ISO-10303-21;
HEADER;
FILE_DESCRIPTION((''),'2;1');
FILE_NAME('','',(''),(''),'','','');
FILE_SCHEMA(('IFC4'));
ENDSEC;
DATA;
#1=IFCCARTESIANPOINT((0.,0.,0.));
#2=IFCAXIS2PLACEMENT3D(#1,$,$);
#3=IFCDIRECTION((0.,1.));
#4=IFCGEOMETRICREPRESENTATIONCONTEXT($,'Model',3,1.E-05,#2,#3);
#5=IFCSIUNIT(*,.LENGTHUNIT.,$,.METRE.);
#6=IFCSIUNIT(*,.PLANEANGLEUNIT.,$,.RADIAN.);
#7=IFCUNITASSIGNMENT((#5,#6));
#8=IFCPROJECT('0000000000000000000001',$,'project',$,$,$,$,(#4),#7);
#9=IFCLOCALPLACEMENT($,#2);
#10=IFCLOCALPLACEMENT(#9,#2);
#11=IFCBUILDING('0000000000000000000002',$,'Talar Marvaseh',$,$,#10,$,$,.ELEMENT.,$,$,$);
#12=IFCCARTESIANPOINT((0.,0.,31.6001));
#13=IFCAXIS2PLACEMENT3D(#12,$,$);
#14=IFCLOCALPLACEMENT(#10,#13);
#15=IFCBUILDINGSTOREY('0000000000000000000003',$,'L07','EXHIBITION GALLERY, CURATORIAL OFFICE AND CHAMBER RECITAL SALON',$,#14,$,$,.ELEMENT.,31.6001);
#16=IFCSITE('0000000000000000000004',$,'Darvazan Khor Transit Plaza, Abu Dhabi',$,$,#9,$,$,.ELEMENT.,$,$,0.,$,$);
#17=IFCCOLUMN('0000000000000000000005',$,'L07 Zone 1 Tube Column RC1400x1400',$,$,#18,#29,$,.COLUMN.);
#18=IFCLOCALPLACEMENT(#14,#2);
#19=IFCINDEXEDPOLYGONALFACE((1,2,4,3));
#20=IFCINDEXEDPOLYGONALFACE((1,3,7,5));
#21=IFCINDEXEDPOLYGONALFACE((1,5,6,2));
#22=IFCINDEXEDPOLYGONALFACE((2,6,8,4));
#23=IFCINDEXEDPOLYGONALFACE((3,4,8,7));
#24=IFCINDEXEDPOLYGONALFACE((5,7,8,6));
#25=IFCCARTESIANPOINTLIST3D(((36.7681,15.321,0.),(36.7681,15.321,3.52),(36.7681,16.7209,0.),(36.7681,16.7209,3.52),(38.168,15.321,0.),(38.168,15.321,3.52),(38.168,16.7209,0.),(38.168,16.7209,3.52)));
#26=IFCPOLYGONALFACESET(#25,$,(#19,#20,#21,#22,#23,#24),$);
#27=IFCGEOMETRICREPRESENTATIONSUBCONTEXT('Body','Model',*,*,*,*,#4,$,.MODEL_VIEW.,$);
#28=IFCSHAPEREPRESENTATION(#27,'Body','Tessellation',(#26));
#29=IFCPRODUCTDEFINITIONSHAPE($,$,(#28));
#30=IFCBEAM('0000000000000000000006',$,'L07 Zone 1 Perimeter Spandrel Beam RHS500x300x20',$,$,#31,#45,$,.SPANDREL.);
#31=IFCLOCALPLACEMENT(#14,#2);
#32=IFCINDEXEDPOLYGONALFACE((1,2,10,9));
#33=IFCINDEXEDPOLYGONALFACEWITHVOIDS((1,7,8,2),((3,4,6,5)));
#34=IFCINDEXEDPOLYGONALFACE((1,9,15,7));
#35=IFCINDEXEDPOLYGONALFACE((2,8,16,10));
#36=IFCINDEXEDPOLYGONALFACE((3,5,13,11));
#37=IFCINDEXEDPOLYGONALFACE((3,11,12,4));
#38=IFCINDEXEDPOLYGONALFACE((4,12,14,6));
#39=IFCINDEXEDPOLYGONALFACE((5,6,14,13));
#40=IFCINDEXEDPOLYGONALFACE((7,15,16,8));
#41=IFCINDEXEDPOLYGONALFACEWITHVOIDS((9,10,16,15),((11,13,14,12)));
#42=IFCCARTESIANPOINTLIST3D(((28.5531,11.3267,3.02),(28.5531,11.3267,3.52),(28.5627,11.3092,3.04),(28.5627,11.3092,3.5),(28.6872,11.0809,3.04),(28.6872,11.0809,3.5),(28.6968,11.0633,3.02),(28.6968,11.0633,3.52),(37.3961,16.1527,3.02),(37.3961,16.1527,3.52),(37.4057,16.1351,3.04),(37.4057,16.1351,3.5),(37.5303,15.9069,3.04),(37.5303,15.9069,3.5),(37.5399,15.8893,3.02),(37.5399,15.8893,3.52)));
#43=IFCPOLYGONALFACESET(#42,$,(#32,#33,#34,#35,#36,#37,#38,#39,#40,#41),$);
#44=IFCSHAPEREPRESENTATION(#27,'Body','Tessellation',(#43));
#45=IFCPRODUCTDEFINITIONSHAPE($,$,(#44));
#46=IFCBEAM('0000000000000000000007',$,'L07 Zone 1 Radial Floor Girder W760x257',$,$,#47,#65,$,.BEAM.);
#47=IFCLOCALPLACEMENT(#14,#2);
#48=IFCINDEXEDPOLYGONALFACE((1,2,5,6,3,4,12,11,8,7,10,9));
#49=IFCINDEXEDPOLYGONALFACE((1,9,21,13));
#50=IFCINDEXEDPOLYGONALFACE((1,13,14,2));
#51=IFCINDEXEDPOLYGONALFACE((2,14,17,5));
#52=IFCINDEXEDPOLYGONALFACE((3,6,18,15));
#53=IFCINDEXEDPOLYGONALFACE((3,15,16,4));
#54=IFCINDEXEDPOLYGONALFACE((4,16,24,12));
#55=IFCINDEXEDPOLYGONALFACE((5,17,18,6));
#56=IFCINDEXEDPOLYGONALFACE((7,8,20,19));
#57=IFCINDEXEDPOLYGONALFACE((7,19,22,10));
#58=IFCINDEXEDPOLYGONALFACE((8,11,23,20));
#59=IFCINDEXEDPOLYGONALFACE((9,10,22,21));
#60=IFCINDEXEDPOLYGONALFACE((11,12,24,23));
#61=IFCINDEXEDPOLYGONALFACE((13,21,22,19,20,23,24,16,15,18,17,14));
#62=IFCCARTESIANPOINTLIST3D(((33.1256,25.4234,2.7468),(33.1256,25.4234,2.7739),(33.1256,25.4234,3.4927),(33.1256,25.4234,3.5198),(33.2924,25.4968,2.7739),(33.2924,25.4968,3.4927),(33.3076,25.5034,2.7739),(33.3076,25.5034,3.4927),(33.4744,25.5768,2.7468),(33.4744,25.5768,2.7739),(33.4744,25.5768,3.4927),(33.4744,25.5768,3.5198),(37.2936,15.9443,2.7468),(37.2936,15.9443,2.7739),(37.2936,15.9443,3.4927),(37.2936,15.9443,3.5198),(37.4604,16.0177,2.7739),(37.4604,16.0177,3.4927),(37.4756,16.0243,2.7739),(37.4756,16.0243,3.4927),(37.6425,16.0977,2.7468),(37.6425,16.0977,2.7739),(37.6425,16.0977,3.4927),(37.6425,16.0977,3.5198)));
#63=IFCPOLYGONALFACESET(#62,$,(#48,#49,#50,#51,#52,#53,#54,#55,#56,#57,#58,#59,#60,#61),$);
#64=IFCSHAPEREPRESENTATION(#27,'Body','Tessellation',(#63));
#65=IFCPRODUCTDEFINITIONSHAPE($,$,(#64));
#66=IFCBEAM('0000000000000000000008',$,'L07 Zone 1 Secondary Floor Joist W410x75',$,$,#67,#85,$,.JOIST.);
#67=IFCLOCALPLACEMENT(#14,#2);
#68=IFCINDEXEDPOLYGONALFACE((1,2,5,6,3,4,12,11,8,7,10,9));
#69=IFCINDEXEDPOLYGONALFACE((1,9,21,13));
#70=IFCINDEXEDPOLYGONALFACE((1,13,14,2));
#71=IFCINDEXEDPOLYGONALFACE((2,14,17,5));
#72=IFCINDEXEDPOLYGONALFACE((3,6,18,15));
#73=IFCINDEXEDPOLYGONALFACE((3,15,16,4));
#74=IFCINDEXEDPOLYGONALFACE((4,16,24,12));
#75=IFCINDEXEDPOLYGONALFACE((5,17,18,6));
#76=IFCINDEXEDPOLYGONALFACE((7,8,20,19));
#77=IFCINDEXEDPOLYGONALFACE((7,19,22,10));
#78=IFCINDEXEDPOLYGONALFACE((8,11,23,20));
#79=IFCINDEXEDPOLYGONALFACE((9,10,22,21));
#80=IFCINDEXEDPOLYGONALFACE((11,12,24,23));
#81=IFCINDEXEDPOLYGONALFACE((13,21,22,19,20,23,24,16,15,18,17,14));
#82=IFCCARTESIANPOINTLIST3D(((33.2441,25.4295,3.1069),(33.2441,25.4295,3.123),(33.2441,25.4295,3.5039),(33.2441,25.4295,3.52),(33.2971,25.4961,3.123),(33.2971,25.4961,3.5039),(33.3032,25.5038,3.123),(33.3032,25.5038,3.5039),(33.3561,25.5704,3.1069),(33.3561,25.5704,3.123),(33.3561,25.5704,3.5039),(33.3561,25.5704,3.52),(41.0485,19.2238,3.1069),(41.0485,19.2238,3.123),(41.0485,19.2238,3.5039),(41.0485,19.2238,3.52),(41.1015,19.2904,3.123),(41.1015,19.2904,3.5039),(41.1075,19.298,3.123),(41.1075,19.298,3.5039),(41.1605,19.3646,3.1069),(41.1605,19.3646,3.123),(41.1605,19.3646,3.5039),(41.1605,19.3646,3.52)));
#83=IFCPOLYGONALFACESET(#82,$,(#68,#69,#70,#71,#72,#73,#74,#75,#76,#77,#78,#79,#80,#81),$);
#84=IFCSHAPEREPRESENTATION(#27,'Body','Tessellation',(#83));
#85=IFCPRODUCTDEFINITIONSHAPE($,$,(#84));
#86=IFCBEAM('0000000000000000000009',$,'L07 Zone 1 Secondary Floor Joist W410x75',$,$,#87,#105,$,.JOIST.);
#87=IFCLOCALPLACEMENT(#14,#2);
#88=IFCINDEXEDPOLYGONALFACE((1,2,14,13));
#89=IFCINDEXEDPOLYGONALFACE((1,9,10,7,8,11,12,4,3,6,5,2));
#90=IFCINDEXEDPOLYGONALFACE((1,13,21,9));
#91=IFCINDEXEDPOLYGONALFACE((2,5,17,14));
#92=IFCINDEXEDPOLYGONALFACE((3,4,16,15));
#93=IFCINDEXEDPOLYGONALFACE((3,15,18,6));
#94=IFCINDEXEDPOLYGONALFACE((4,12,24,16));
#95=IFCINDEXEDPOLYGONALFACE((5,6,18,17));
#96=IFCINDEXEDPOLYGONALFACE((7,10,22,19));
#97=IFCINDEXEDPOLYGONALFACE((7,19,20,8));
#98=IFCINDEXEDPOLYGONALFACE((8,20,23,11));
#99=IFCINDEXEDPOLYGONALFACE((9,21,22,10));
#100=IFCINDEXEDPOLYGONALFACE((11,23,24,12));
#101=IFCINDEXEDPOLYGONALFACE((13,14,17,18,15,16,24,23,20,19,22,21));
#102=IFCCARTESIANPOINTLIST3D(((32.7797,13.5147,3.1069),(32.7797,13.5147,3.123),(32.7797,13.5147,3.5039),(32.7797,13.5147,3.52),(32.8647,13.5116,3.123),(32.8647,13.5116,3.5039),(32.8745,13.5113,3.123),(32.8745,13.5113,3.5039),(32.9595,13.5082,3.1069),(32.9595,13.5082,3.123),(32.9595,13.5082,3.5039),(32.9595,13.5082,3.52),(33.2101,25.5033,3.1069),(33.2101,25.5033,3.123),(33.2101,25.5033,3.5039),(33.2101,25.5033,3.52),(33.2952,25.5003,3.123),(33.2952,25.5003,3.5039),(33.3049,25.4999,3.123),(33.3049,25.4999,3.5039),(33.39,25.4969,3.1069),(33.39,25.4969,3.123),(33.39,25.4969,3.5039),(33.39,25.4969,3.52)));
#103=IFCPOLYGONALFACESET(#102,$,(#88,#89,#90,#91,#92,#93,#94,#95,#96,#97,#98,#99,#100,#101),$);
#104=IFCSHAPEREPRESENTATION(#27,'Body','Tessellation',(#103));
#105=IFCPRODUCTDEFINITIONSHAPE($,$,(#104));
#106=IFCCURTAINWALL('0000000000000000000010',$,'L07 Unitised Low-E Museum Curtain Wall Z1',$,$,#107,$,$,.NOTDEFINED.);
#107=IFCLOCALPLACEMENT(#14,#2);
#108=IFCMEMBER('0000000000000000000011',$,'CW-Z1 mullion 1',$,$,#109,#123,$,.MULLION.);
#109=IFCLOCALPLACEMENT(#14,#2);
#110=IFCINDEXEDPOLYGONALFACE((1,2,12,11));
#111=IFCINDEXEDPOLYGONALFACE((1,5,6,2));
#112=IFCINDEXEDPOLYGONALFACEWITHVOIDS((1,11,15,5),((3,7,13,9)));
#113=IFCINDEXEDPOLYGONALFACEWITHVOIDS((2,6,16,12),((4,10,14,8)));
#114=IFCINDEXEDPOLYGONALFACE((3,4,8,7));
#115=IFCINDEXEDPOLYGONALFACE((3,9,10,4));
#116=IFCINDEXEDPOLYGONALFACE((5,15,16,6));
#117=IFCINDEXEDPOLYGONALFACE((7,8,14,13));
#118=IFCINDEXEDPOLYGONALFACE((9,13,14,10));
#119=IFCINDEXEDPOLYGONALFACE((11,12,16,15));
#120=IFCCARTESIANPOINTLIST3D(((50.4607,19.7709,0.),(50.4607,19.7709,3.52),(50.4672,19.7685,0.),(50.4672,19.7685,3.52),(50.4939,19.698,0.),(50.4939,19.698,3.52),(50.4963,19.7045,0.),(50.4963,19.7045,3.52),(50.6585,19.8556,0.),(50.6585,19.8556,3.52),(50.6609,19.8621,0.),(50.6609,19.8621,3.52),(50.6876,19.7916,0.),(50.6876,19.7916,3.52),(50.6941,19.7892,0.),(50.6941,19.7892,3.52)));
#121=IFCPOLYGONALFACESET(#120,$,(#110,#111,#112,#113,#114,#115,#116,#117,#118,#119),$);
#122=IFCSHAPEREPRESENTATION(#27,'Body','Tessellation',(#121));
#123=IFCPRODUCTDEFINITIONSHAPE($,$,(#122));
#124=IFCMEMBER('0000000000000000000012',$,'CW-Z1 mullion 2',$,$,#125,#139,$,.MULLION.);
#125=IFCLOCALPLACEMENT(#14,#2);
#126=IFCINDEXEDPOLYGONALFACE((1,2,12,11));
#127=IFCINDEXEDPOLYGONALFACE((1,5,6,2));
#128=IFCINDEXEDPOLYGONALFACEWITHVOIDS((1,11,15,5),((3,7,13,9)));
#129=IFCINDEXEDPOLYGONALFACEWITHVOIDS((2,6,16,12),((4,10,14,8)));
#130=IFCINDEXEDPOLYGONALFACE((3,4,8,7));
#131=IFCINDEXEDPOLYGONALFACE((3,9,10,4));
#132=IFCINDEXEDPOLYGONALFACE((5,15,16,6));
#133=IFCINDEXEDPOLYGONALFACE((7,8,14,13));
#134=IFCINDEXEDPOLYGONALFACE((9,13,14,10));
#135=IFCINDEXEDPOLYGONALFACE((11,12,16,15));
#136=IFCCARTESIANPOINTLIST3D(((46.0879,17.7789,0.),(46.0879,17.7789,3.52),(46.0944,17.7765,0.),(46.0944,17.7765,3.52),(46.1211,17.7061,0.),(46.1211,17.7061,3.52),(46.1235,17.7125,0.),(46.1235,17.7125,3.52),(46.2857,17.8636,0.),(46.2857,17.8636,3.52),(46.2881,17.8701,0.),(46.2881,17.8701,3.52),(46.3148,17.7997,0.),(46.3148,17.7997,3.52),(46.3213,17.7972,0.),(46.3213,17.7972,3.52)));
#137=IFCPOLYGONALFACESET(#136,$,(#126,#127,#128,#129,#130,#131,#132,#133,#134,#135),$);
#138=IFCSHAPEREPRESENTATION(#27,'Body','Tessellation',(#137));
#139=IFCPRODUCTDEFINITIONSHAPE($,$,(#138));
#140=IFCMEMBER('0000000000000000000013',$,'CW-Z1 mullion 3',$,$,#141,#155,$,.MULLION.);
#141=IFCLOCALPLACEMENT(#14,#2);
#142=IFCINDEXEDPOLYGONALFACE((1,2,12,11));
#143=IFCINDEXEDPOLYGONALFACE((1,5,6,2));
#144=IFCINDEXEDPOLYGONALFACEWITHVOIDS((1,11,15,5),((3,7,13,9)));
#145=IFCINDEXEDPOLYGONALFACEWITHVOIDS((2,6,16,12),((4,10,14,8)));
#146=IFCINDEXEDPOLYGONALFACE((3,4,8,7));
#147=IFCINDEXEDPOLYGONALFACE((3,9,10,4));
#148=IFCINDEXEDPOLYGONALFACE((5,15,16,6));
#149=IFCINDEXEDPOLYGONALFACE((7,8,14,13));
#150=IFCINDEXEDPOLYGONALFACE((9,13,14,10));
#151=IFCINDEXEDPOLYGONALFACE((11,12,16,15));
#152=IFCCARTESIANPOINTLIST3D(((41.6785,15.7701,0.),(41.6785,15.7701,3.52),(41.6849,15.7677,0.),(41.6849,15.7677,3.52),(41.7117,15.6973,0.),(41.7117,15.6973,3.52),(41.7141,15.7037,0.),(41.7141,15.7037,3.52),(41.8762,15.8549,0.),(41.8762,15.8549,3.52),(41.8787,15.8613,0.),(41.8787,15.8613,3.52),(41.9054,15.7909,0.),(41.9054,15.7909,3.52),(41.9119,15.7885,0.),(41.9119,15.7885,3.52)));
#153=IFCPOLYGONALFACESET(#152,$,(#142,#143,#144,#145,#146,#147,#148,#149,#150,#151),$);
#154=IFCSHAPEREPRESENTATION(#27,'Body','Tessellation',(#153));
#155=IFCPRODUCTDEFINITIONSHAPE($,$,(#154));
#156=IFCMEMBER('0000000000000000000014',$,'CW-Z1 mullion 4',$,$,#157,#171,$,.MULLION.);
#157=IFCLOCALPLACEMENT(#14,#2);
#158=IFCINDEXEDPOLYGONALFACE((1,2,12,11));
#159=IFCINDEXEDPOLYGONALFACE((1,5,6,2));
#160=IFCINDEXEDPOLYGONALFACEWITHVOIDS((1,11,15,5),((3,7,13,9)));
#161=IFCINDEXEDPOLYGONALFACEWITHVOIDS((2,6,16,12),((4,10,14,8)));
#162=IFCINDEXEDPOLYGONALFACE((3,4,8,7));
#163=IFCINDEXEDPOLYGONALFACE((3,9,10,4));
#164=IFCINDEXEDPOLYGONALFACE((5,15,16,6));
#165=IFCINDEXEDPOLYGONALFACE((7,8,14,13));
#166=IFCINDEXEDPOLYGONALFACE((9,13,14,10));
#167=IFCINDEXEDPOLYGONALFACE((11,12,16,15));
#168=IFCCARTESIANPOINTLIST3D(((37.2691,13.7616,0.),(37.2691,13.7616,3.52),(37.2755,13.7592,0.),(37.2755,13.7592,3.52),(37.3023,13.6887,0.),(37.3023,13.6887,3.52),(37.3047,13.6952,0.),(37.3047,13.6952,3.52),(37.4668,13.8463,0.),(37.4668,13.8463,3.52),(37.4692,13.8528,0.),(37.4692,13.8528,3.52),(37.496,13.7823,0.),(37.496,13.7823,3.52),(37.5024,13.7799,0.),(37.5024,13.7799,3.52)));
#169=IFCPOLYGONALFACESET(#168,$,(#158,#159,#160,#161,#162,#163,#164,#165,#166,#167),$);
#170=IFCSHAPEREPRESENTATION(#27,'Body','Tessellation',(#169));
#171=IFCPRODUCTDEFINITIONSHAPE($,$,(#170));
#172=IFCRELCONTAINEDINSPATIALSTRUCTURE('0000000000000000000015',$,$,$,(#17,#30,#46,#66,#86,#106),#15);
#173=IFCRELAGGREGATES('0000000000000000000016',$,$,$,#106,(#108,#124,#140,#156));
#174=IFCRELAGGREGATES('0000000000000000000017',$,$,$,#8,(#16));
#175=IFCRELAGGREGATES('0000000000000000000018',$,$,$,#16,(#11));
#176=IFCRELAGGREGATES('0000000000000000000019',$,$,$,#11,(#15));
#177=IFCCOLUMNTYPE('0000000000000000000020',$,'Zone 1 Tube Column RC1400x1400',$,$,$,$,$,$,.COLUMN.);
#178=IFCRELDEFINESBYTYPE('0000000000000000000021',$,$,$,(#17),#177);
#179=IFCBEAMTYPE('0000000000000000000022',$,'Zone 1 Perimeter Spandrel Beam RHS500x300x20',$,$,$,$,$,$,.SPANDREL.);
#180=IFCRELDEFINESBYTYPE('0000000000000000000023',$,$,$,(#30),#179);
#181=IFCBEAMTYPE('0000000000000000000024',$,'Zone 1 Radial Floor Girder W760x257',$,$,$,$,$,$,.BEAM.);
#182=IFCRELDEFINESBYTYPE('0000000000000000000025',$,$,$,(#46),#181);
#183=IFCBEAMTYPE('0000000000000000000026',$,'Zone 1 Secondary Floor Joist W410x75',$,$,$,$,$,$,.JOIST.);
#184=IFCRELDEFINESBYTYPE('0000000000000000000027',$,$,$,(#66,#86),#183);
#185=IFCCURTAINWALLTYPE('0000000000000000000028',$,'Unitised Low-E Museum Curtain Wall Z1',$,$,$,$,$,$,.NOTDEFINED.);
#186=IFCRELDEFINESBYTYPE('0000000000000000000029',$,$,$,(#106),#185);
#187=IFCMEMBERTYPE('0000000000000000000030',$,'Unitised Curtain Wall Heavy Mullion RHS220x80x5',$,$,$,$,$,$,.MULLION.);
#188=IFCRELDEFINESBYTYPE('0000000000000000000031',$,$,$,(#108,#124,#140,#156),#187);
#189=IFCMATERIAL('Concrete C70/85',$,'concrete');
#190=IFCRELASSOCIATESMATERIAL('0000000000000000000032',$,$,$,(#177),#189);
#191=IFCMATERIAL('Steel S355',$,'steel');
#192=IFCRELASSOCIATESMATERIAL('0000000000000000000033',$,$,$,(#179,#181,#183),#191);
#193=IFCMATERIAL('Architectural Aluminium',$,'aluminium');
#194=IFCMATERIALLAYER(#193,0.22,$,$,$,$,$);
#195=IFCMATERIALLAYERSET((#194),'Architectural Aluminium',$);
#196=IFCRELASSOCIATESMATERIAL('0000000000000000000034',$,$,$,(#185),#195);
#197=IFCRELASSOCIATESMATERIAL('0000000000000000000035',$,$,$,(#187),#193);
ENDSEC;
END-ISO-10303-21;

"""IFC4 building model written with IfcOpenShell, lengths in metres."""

from ifc_helpers import new_model, si_unit, direction, frame, origin, origin_2d, place, context, subcontext, project, spatial, rectangle, hollow_rectangle, i_section, extrude, source, transform, mapped, material, layer, layer_set, material_profile, profile_set, type_object, type_shapes, element, aggregate, save


model = new_model("IFC4")

# Units and contexts
model_context = context("Model", 3, precision=1e-05, world=origin(), true_north=direction((0.0, 1.0)))
body_context = subcontext(model_context, "Body", "Model", "MODEL_VIEW")
ifc_project = project(units=[si_unit("LENGTHUNIT", "METRE"), si_unit("PLANEANGLEUNIT", "RADIAN")], contexts=[model_context])

# Site, building, storey
site_placement = place(None, origin())
site = spatial("IfcSite", under=ifc_project, at=site_placement, Name="Darvazan Khor Transit Plaza, Abu Dhabi", CompositionType="ELEMENT", RefElevation=0.0)
building_placement = place(site_placement, origin())
building = spatial("IfcBuilding", under=site, at=building_placement, Name="Talar Marvaseh", CompositionType="ELEMENT")
storey_placement = place(building_placement, frame((0.0, 0.0, 31.6001)))
storey = spatial("IfcBuildingStorey", under=building, at=storey_placement, Name="L07", Description="EXHIBITION GALLERY, CURATORIAL OFFICE AND CHAMBER RECITAL SALON", CompositionType="ELEMENT", Elevation=31.6001)

# Column
ifc_material_1 = material(Name="Concrete C70/85", Category="concrete")
ifc_material_profile_1 = material_profile(ifc_material_1, rectangle(XDim=1.3999, YDim=1.3999, at=origin_2d()), Name="RC1400x1400")
ifc_profile_set_1 = profile_set([ifc_material_profile_1], Name="Concrete C70/85")
column_type = type_object("IfcColumnType", Name="Zone 1 Tube Column RC1400x1400", PredefinedType="COLUMN", material=ifc_profile_set_1)
column_placement = place(storey_placement, frame((37.468, 16.021, 0.0), z_axis=(0.0, 0.0, 1.0), x_axis=(1.0, 0.0, 0.0)))
element("IfcColumn", 1, at=column_placement, inside=storey, type_object=column_type, Name="L07 Zone 1 Tube Column RC1400x1400", PredefinedType="COLUMN", context=body_context, shape_type="SweptSolid", body=[
    extrude(rectangle(XDim=1.3999, YDim=1.3999, at=origin_2d()), origin(), (0.0, 0.0, 1.0), 3.52),
])

# Beams
ifc_material_2 = material(Name="Steel S355", Category="steel")
ifc_material_profile_2 = material_profile(ifc_material_2, hollow_rectangle(XDim=0.3, YDim=0.5, WallThickness=0.02, at=origin_2d()), Name="RHS500x300x20")
ifc_profile_set_2 = profile_set([ifc_material_profile_2], Name="Steel S355")
beam_type_1 = type_object("IfcBeamType", Name="Zone 1 Perimeter Spandrel Beam RHS500x300x20", PredefinedType="SPANDREL", material=ifc_profile_set_2)
beam_1_placement = place(storey_placement, frame((37.468, 16.021, 3.27), z_axis=(-0.877793, -0.479041, 0.0), x_axis=(0.479041, -0.877793, 0.0)))
element("IfcBeam", 2, at=beam_1_placement, inside=storey, type_object=beam_type_1, Name="L07 Zone 1 Perimeter Spandrel Beam RHS500x300x20", PredefinedType="SPANDREL", context=body_context, shape_type="SweptSolid", body=[
    extrude(hollow_rectangle(XDim=0.3, YDim=0.5, WallThickness=0.02, at=origin_2d()), origin(), (0.0, 0.0, 1.0), 10.0742),
])
ifc_material_profile_3 = material_profile(ifc_material_2, i_section(OverallWidth=0.3811, OverallDepth=0.7729, WebThickness=0.0166, FlangeThickness=0.0271, at=origin_2d()), Name="W760x257")
ifc_profile_set_3 = profile_set([ifc_material_profile_3], Name="Steel S355")
beam_type_2 = type_object("IfcBeamType", Name="Zone 1 Radial Floor Girder W760x257", PredefinedType="BEAM", material=ifc_profile_set_3)
beam_2_placement = place(storey_placement, frame((37.468, 16.021, 3.1333), z_axis=(-0.402513, 0.915414, 0.0), x_axis=(-0.915414, -0.402513, 0.0)))
element("IfcBeam", 3, at=beam_2_placement, inside=storey, type_object=beam_type_2, Name="L07 Zone 1 Radial Floor Girder W760x257", PredefinedType="BEAM", context=body_context, shape_type="SweptSolid", body=[
    extrude(i_section(OverallWidth=0.3811, OverallDepth=0.7729, WebThickness=0.0166, FlangeThickness=0.0271, at=origin_2d()), origin(), (0.0, 0.0, 1.0), 10.355),
])
ifc_material_profile_4 = material_profile(ifc_material_2, i_section(OverallWidth=0.1799, OverallDepth=0.4131, WebThickness=0.0098, FlangeThickness=0.0161, at=origin_2d()), Name="W410x75")
ifc_profile_set_4 = profile_set([ifc_material_profile_4], Name="Steel S355")
beam_type_3 = type_object("IfcBeamType", Name="Zone 1 Secondary Floor Joist W410x75", PredefinedType="JOIST", material=ifc_profile_set_4)
beam_3_placement = place(storey_placement, frame((41.1045, 19.2942, 3.3135), z_axis=(-0.782712, 0.622384, 0.0), x_axis=(-0.622384, -0.782712, 0.0)))
element("IfcBeam", 4, at=beam_3_placement, inside=storey, type_object=beam_type_3, Name="L07 Zone 1 Secondary Floor Joist W410x75", PredefinedType="JOIST", context=body_context, shape_type="SweptSolid", body=[
    extrude(i_section(OverallWidth=0.1799, OverallDepth=0.4131, WebThickness=0.0098, FlangeThickness=0.0161, at=origin_2d()), origin(), (0.0, 0.0, 1.0), 9.9709),
])
beam_4_placement = place(storey_placement, frame((32.8696, 13.5115, 3.3135), z_axis=(0.03588, 0.999356, 0.0), x_axis=(-0.999356, 0.03588, 0.0)))
element("IfcBeam", 5, at=beam_4_placement, inside=storey, type_object=beam_type_3, Name="L07 Zone 1 Secondary Floor Joist W410x75", PredefinedType="JOIST", context=body_context, shape_type="SweptSolid", body=[
    extrude(i_section(OverallWidth=0.1799, OverallDepth=0.4131, WebThickness=0.0098, FlangeThickness=0.0161, at=origin_2d()), origin(), (0.0, 0.0, 1.0), 11.9963),
])

# Curtain wall, members
ifc_material_3 = material(Name="Architectural Aluminium", Category="aluminium")
ifc_layer_1 = layer(ifc_material_3, 0.22)
ifc_layer_set_1 = layer_set([ifc_layer_1], Name="Architectural Aluminium")
curtain_wall_type = type_object("IfcCurtainWallType", Name="Unitised Low-E Museum Curtain Wall Z1", PredefinedType="NOTDEFINED", material=ifc_layer_set_1)
curtain_wall_placement = place(storey_placement, origin())
curtain_wall = element("IfcCurtainWall", 6, at=curtain_wall_placement, inside=storey, type_object=curtain_wall_type, Name="L07 Unitised Low-E Museum Curtain Wall Z1", PredefinedType="NOTDEFINED")
ifc_material_profile_5 = material_profile(ifc_material_3, hollow_rectangle(XDim=0.0801, YDim=0.22, WallThickness=0.0049, at=origin_2d()), Name="RHS220x80x5")
ifc_profile_set_5 = profile_set([ifc_material_profile_5], Name="Architectural Aluminium")
member_type_1 = type_object("IfcMemberType", Name="Unitised Curtain Wall Heavy Mullion RHS220x80x5", PredefinedType="MULLION", material=ifc_profile_set_5)
shared_shape_1 = source(origin(), body_context, "Body", "SweptSolid", [
    extrude(hollow_rectangle(XDim=0.0801, YDim=0.22, WallThickness=0.0049, at=origin_2d()), origin(), (0.0, 0.0, 1.0), 3.52),
])
type_shapes(member_type_1, [shared_shape_1])
member_1_placement = place(storey_placement, frame((50.5774, 19.78, 0.0), z_axis=(0.0, 0.0, 1.0), x_axis=(0.414555, -0.910024, 0.0)))
member_1 = element("IfcMember", 7, at=member_1_placement, type_object=member_type_1, Name="CW-Z1 mullion 1", PredefinedType="MULLION", context=body_context, shape_type="MappedRepresentation", body=[
    mapped(shared_shape_1, transform((0.0, 0.0, 0.0), x_axis=(1.0, 0.0, 0.0), y_axis=(0.0, 1.0, 0.0), z_axis=(0.0, 0.0, 1.0), scale=1.0)),
])
member_2_placement = place(storey_placement, frame((46.2046, 17.7881, 0.0), z_axis=(0.0, 0.0, 1.0), x_axis=(0.414555, -0.910024, 0.0)))
member_2 = element("IfcMember", 8, at=member_2_placement, type_object=member_type_1, Name="CW-Z1 mullion 2", PredefinedType="MULLION", context=body_context, shape_type="MappedRepresentation", body=[
    mapped(shared_shape_1, transform((0.0, 0.0, 0.0), x_axis=(1.0, 0.0, 0.0), y_axis=(0.0, 1.0, 0.0), z_axis=(0.0, 0.0, 1.0), scale=1.0)),
])
member_3_placement = place(storey_placement, frame((41.7952, 15.7793, 0.0), z_axis=(0.0, 0.0, 1.0), x_axis=(0.414555, -0.910024, 0.0)))
member_3 = element("IfcMember", 9, at=member_3_placement, type_object=member_type_1, Name="CW-Z1 mullion 3", PredefinedType="MULLION", context=body_context, shape_type="MappedRepresentation", body=[
    mapped(shared_shape_1, transform((0.0, 0.0, 0.0), x_axis=(1.0, 0.0, 0.0), y_axis=(0.0, 1.0, 0.0), z_axis=(0.0, 0.0, 1.0), scale=1.0)),
])
member_4_placement = place(storey_placement, frame((37.3857, 13.7708, 0.0), z_axis=(0.0, 0.0, 1.0), x_axis=(0.414555, -0.910024, 0.0)))
member_4 = element("IfcMember", 10, at=member_4_placement, type_object=member_type_1, Name="CW-Z1 mullion 4", PredefinedType="MULLION", context=body_context, shape_type="MappedRepresentation", body=[
    mapped(shared_shape_1, transform((0.0, 0.0, 0.0), x_axis=(1.0, 0.0, 0.0), y_axis=(0.0, 1.0, 0.0), z_axis=(0.0, 0.0, 1.0), scale=1.0)),
])
aggregate(curtain_wall, [member_1, member_2, member_3, member_4])

save(model, "model.ifc")
